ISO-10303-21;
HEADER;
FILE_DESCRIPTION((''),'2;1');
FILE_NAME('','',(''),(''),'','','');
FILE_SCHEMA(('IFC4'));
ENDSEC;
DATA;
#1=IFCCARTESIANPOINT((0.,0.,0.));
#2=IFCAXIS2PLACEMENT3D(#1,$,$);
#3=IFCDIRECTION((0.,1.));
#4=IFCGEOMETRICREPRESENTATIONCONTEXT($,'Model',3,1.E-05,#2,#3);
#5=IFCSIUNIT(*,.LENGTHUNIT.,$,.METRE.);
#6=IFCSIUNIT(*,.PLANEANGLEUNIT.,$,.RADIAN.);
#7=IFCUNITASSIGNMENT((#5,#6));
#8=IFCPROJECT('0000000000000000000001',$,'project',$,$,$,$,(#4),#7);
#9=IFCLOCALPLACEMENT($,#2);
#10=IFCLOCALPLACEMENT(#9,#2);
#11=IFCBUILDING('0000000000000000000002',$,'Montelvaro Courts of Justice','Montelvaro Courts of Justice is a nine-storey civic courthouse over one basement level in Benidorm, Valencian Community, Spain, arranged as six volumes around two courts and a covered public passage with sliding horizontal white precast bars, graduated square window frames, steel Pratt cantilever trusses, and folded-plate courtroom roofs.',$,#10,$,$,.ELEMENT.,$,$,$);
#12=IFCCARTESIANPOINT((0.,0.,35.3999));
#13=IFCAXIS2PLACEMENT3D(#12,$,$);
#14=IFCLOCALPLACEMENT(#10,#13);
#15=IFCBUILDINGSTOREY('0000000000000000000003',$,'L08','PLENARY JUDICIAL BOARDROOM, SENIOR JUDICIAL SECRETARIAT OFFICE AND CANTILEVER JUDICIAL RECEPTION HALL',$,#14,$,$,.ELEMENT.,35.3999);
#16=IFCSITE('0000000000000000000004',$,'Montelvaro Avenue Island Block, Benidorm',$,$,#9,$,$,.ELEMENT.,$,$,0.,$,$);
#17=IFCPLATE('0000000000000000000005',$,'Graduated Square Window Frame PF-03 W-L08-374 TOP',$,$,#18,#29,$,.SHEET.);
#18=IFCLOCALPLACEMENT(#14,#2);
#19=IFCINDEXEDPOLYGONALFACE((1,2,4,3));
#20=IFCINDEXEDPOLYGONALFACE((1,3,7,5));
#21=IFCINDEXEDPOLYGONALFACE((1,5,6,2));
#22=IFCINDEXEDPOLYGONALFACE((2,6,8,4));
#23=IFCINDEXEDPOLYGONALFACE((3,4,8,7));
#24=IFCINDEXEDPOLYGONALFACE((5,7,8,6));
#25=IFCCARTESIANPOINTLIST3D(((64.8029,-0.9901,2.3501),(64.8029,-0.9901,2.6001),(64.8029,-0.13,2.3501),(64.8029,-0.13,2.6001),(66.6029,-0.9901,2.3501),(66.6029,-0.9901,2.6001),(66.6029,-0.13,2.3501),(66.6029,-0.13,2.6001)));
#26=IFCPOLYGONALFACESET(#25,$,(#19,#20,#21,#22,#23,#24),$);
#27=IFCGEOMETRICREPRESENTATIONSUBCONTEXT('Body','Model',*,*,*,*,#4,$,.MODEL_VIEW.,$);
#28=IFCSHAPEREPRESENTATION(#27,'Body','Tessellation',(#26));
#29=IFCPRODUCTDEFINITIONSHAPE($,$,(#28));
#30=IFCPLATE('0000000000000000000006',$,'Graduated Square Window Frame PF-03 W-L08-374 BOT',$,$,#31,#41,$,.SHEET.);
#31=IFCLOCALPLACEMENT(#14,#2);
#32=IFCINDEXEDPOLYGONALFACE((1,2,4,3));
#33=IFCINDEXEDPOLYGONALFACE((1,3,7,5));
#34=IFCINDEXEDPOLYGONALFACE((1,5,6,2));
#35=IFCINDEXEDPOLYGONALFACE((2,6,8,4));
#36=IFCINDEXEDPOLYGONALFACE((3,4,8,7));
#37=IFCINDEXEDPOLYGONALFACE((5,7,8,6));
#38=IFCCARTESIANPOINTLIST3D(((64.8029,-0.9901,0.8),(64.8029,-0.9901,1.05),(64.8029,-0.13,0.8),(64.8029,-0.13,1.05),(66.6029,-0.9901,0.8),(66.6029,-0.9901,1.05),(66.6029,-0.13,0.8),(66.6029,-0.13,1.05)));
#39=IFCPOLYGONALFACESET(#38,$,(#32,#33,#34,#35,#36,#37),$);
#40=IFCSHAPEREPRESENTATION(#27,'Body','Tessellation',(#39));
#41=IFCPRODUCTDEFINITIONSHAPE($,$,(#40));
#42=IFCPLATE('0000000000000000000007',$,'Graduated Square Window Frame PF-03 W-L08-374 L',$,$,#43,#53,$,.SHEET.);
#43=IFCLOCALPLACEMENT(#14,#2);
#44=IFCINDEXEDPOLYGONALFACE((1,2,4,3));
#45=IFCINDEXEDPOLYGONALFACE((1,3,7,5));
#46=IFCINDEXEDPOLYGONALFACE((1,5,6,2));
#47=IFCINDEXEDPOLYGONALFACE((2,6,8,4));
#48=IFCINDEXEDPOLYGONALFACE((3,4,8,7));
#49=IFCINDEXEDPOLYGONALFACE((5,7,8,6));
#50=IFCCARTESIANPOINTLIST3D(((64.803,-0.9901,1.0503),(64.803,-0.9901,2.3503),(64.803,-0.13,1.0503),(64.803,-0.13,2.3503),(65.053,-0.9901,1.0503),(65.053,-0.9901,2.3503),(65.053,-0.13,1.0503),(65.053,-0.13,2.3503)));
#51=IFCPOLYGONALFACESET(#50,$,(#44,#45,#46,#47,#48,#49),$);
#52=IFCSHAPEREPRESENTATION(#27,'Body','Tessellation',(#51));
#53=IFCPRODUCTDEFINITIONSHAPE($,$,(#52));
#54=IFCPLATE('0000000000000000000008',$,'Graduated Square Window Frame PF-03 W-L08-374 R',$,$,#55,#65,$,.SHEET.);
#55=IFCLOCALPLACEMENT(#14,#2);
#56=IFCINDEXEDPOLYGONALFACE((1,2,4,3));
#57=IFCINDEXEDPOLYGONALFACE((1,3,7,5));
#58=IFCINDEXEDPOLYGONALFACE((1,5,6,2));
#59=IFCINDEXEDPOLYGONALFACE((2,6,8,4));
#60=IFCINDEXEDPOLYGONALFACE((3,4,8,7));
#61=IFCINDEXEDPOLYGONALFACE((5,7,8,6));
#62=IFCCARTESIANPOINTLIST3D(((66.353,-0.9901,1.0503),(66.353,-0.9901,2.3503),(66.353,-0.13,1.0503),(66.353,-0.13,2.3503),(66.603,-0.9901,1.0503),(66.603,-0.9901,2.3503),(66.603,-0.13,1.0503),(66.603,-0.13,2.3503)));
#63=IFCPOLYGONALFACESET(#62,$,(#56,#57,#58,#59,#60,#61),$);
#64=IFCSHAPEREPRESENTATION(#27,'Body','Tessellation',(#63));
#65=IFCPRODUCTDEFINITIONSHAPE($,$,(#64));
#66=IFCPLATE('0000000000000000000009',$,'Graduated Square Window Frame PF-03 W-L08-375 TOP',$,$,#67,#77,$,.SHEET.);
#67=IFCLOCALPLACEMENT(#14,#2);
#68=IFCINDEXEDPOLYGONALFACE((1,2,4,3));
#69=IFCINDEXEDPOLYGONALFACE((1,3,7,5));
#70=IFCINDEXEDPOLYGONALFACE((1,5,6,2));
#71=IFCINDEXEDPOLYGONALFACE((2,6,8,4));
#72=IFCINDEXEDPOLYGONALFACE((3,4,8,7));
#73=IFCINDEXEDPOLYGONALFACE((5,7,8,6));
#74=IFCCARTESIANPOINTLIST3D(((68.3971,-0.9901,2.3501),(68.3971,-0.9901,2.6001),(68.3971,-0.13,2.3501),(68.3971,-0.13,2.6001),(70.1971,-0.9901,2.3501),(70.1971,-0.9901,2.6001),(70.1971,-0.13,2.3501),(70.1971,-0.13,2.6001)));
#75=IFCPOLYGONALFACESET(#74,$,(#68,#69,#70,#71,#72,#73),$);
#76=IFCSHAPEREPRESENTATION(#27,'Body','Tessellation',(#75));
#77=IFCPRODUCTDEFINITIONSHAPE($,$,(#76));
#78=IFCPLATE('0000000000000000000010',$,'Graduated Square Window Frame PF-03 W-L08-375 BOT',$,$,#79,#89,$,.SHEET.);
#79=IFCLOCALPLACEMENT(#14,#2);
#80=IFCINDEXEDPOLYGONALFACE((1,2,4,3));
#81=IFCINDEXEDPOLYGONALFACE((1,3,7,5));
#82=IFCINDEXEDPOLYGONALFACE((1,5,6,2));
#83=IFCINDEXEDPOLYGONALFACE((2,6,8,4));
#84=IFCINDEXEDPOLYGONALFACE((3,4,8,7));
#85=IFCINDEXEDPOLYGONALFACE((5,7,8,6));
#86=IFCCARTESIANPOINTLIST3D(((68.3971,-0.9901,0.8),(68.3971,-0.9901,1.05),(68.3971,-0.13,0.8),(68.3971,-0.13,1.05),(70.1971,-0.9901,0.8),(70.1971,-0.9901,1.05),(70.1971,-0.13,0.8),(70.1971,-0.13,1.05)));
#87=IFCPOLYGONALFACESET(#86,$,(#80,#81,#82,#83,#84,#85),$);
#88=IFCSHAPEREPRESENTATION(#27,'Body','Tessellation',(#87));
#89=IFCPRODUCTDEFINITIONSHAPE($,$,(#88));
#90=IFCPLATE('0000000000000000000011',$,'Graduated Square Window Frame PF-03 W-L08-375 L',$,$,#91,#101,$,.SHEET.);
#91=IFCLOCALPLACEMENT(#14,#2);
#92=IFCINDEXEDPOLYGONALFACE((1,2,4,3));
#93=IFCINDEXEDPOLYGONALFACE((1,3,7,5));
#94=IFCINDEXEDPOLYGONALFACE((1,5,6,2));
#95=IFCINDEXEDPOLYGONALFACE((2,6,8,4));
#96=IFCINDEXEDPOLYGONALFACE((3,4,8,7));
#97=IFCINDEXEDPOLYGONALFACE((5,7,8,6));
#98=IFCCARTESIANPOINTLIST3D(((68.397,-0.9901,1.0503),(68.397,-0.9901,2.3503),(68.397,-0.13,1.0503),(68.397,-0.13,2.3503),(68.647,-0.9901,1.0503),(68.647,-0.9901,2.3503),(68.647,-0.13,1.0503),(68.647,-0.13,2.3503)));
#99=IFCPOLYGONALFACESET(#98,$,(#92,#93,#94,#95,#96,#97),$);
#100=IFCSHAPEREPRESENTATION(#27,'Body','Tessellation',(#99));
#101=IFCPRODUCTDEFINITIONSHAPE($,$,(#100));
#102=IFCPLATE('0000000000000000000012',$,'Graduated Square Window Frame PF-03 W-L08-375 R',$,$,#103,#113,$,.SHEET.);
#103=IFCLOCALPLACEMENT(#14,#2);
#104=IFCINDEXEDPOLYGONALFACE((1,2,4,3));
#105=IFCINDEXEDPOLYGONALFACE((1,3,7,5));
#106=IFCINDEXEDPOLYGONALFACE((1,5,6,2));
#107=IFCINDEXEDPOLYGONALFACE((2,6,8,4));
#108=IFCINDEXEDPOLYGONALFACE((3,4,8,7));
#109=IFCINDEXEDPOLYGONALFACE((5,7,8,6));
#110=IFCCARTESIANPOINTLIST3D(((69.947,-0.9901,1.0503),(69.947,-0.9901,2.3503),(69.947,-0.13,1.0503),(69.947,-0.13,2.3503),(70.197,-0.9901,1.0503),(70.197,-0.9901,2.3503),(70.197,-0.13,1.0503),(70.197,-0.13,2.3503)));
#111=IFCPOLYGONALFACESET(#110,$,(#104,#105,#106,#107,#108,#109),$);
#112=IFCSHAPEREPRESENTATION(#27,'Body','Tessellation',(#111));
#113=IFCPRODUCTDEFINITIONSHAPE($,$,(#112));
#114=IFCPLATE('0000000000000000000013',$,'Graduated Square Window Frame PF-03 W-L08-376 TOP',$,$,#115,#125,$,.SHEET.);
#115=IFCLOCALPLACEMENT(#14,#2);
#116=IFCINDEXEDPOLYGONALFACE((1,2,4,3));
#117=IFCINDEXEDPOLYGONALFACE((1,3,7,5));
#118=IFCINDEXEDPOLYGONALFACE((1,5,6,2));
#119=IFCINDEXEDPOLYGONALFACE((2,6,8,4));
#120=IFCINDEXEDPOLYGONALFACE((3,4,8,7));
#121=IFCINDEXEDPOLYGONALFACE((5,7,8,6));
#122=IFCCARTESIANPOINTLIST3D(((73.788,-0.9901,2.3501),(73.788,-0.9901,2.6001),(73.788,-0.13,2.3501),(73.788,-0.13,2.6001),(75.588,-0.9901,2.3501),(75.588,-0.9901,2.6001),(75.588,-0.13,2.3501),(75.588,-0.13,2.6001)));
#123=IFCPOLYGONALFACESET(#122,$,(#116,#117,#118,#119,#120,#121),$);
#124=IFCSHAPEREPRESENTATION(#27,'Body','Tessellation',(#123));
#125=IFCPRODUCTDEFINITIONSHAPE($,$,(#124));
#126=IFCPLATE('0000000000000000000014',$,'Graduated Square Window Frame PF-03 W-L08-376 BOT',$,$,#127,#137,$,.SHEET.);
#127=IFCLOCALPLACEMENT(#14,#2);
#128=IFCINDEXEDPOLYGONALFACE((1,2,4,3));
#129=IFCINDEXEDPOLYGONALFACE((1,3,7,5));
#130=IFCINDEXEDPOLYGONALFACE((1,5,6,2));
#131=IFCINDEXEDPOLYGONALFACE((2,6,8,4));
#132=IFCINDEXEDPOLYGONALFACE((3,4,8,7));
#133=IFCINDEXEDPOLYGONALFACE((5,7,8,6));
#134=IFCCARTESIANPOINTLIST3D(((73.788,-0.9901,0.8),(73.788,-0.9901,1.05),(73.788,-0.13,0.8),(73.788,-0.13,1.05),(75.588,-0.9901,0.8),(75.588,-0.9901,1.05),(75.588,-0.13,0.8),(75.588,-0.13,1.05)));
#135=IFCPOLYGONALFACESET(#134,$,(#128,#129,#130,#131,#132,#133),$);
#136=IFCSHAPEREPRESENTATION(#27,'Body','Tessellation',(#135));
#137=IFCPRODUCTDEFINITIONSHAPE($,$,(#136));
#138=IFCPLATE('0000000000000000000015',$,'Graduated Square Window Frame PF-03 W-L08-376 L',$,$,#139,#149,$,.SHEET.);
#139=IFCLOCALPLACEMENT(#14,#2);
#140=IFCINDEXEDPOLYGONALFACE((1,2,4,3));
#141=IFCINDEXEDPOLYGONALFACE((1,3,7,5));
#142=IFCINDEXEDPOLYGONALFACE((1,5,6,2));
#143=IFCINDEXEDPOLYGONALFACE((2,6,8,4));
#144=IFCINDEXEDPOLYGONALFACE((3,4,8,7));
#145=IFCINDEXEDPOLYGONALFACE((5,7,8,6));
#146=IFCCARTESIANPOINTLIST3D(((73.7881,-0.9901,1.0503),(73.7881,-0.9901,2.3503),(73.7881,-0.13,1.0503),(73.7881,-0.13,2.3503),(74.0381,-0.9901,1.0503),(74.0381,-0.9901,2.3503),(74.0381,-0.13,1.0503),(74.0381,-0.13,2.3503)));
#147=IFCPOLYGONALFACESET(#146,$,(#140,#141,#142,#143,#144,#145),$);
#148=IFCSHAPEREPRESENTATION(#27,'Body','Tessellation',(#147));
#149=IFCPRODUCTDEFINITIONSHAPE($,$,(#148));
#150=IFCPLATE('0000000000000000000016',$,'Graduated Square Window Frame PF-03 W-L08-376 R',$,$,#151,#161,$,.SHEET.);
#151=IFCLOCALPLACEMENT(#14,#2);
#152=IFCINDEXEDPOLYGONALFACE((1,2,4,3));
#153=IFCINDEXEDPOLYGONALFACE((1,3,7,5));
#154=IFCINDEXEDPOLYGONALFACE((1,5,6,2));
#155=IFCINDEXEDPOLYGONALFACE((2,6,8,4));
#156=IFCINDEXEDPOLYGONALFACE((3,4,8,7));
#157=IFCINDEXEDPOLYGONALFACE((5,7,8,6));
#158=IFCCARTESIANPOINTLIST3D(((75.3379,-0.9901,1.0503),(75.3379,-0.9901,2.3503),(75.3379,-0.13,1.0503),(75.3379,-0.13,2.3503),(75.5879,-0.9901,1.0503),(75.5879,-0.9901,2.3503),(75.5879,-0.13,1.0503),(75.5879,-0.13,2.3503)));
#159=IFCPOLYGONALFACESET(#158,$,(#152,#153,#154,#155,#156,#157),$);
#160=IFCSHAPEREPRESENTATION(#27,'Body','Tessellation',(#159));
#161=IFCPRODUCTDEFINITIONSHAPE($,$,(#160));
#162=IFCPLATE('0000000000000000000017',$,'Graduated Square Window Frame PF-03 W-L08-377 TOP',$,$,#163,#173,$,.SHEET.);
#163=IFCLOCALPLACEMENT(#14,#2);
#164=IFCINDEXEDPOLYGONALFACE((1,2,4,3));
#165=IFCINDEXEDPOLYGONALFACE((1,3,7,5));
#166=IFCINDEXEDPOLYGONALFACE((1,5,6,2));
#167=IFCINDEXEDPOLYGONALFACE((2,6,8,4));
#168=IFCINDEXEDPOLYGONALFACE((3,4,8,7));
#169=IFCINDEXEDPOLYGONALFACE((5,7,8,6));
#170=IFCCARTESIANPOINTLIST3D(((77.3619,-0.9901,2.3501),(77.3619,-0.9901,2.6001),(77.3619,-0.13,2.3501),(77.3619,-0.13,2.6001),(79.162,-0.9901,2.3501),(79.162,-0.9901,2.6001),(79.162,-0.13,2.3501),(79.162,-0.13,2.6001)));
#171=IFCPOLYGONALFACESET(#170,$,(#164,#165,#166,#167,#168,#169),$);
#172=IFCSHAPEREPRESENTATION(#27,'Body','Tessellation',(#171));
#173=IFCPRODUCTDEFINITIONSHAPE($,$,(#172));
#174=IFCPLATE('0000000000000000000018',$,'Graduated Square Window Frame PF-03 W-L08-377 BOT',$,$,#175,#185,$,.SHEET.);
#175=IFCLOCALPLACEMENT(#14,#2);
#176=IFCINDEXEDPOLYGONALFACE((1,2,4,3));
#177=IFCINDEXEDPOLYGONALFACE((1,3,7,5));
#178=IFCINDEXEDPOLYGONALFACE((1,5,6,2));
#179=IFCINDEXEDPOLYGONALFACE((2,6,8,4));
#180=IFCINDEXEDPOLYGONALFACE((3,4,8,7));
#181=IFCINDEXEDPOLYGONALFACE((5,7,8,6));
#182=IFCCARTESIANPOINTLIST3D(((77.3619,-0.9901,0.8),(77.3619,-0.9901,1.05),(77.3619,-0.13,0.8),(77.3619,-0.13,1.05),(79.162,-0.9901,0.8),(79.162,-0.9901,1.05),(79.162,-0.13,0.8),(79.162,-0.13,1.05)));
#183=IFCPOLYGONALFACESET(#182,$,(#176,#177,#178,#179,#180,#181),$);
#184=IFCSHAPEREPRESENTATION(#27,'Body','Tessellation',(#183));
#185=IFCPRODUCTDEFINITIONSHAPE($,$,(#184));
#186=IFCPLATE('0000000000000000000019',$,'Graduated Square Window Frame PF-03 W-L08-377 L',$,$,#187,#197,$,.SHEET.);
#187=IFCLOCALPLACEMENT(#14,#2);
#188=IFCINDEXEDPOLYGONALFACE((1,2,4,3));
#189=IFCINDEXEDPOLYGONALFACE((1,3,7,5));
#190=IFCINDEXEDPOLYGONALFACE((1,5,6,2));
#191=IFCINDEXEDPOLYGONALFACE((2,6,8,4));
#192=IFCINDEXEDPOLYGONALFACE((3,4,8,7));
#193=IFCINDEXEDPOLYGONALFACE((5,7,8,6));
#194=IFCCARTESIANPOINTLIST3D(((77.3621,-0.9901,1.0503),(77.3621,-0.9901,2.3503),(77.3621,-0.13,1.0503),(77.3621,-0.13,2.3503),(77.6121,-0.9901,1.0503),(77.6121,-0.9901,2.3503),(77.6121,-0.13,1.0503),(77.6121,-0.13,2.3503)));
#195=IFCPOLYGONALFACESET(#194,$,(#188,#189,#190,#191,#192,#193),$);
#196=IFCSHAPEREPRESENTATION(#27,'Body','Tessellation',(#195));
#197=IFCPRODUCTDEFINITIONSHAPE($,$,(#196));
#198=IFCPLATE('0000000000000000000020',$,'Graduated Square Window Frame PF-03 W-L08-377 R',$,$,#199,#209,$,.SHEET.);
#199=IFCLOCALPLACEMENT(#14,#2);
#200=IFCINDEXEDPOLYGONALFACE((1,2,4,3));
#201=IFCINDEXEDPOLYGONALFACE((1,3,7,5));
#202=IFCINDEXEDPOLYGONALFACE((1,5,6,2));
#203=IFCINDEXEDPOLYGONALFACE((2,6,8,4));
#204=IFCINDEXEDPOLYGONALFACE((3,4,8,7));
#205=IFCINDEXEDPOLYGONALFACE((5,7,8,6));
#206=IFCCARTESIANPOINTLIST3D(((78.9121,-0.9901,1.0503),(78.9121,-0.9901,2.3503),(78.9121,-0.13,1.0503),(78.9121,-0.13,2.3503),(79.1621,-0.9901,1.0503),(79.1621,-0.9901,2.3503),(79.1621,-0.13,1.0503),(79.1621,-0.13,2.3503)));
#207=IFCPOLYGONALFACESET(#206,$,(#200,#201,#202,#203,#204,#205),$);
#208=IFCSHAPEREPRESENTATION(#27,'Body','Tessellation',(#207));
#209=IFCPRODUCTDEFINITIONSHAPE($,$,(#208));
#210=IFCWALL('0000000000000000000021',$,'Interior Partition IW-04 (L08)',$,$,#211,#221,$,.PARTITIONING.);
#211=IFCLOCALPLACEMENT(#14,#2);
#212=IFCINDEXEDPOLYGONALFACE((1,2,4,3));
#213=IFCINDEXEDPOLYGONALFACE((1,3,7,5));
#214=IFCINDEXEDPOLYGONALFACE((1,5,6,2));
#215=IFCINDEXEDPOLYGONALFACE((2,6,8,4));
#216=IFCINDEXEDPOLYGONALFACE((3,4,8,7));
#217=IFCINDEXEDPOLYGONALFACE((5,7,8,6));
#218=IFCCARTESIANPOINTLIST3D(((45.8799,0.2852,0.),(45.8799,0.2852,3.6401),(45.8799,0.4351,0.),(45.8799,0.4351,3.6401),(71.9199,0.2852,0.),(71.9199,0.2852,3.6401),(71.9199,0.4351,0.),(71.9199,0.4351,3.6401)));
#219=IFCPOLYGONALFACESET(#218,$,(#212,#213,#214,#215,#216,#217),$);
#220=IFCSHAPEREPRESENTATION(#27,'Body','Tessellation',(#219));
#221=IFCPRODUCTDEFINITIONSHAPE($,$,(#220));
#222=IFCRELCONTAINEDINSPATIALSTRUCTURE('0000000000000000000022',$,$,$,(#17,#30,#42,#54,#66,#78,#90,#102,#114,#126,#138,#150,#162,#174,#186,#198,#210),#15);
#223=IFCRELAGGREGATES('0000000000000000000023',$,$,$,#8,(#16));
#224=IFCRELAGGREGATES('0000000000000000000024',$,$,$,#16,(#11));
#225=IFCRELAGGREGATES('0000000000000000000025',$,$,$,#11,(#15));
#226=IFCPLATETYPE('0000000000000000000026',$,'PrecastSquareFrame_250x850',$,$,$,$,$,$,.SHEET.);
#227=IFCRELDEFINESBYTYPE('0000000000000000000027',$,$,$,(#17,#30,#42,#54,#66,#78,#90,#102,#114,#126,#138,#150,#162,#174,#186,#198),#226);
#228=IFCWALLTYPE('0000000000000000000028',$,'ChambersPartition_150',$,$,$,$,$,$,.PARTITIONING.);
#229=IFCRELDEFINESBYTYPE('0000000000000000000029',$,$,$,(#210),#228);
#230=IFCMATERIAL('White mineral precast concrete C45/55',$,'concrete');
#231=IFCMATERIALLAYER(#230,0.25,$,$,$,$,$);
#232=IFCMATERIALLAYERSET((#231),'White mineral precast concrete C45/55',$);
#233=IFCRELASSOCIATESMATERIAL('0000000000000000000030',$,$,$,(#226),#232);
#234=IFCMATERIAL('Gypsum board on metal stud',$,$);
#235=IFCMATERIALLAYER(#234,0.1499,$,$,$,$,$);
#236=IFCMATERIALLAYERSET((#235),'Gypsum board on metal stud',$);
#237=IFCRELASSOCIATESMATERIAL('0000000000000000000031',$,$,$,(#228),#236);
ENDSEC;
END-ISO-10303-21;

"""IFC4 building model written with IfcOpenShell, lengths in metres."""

from ifc_helpers import new_model, si_unit, direction, frame, frame_2d, origin, origin_2d, place, context, subcontext, project, spatial, rectangle, extrude, material, layer, layer_set, type_object, element, save


model = new_model("IFC4")

# Units and contexts
model_context = context("Model", 3, precision=1e-05, world=origin(), true_north=direction((0.0, 1.0)))
body_context = subcontext(model_context, "Body", "Model", "MODEL_VIEW")
ifc_project = project(units=[si_unit("LENGTHUNIT", "METRE"), si_unit("PLANEANGLEUNIT", "RADIAN")], contexts=[model_context])

# Site, building, storey
site_placement = place(None, origin())
site = spatial("IfcSite", under=ifc_project, at=site_placement, Name="Montelvaro Avenue Island Block, Benidorm", CompositionType="ELEMENT", RefElevation=0.0)
building_placement = place(site_placement, origin())
building = spatial("IfcBuilding", under=site, at=building_placement, Name="Montelvaro Courts of Justice", Description="Montelvaro Courts of Justice is a nine-storey civic courthouse over one basement level in Benidorm, Valencian Community, Spain, arranged as six volumes around two courts and a covered public passage with sliding horizontal white precast bars, graduated square window frames, steel Pratt cantilever trusses, and folded-plate courtroom roofs.", CompositionType="ELEMENT")
storey_placement = place(building_placement, frame((0.0, 0.0, 35.3999)))
storey = spatial("IfcBuildingStorey", under=building, at=storey_placement, Name="L08", Description="PLENARY JUDICIAL BOARDROOM, SENIOR JUDICIAL SECRETARIAT OFFICE AND CANTILEVER JUDICIAL RECEPTION HALL", CompositionType="ELEMENT", Elevation=35.3999)

# Plates
ifc_material_1 = material(Name="White mineral precast concrete C45/55", Category="concrete")
ifc_layer_1 = layer(ifc_material_1, 0.25)
ifc_layer_set_1 = layer_set([ifc_layer_1], Name="White mineral precast concrete C45/55")
plate_type = type_object("IfcPlateType", Name="PrecastSquareFrame_250x850", PredefinedType="SHEET", material=ifc_layer_set_1)
for number, where, z_axis, x_axis, name in (
    (1, (65.7029, -0.5601, 2.3501), (0.0, 0.0, 1.0), (1.0, 0.0, 0.0), "Graduated Square Window Frame PF-03 W-L08-374 TOP"),
    (2, (65.7029, -0.5601, 0.8), (0.0, 0.0, 1.0), (1.0, 0.0, 0.0), "Graduated Square Window Frame PF-03 W-L08-374 BOT"),
):
    element("IfcPlate", number, at=place(storey_placement, frame(where, z_axis=z_axis, x_axis=x_axis)), inside=storey, type_object=plate_type, Name=name, PredefinedType="SHEET", context=body_context, shape_type="SweptSolid", body=[
        extrude(rectangle(XDim=1.8, YDim=0.8601, at=origin_2d()), origin(), (0.0, 0.0, 1.0), 0.25),
    ])
for number, where, z_axis, x_axis, name in (
    (3, (64.928, -0.5601, 1.0503), (0.0, 0.0, 1.0), (1.0, 0.0, 0.0), "Graduated Square Window Frame PF-03 W-L08-374 L"),
    (4, (66.478, -0.5601, 1.0503), (0.0, 0.0, 1.0), (1.0, 0.0, 0.0), "Graduated Square Window Frame PF-03 W-L08-374 R"),
):
    element("IfcPlate", number, at=place(storey_placement, frame(where, z_axis=z_axis, x_axis=x_axis)), inside=storey, type_object=plate_type, Name=name, PredefinedType="SHEET", context=body_context, shape_type="SweptSolid", body=[
        extrude(rectangle(XDim=0.25, YDim=0.8601, at=origin_2d()), origin(), (0.0, 0.0, 1.0), 1.3),
    ])
for number, where, z_axis, x_axis, name in (
    (5, (69.2971, -0.5601, 2.3501), (0.0, 0.0, 1.0), (1.0, 0.0, 0.0), "Graduated Square Window Frame PF-03 W-L08-375 TOP"),
    (6, (69.2971, -0.5601, 0.8), (0.0, 0.0, 1.0), (1.0, 0.0, 0.0), "Graduated Square Window Frame PF-03 W-L08-375 BOT"),
):
    element("IfcPlate", number, at=place(storey_placement, frame(where, z_axis=z_axis, x_axis=x_axis)), inside=storey, type_object=plate_type, Name=name, PredefinedType="SHEET", context=body_context, shape_type="SweptSolid", body=[
        extrude(rectangle(XDim=1.8, YDim=0.8601, at=origin_2d()), origin(), (0.0, 0.0, 1.0), 0.25),
    ])
for number, where, z_axis, x_axis, name in (
    (7, (68.522, -0.5601, 1.0503), (0.0, 0.0, 1.0), (1.0, 0.0, 0.0), "Graduated Square Window Frame PF-03 W-L08-375 L"),
    (8, (70.072, -0.5601, 1.0503), (0.0, 0.0, 1.0), (1.0, 0.0, 0.0), "Graduated Square Window Frame PF-03 W-L08-375 R"),
):
    element("IfcPlate", number, at=place(storey_placement, frame(where, z_axis=z_axis, x_axis=x_axis)), inside=storey, type_object=plate_type, Name=name, PredefinedType="SHEET", context=body_context, shape_type="SweptSolid", body=[
        extrude(rectangle(XDim=0.25, YDim=0.8601, at=origin_2d()), origin(), (0.0, 0.0, 1.0), 1.3),
    ])
for number, where, z_axis, x_axis, name in (
    (9, (74.688, -0.5601, 2.3501), (0.0, 0.0, 1.0), (1.0, 0.0, 0.0), "Graduated Square Window Frame PF-03 W-L08-376 TOP"),
    (10, (74.688, -0.5601, 0.8), (0.0, 0.0, 1.0), (1.0, 0.0, 0.0), "Graduated Square Window Frame PF-03 W-L08-376 BOT"),
):
    element("IfcPlate", number, at=place(storey_placement, frame(where, z_axis=z_axis, x_axis=x_axis)), inside=storey, type_object=plate_type, Name=name, PredefinedType="SHEET", context=body_context, shape_type="SweptSolid", body=[
        extrude(rectangle(XDim=1.8, YDim=0.8601, at=origin_2d()), origin(), (0.0, 0.0, 1.0), 0.25),
    ])
for number, where, z_axis, x_axis, name in (
    (11, (73.9131, -0.5601, 1.0503), (0.0, 0.0, 1.0), (1.0, 0.0, 0.0), "Graduated Square Window Frame PF-03 W-L08-376 L"),
    (12, (75.4629, -0.5601, 1.0503), (0.0, 0.0, 1.0), (1.0, 0.0, 0.0), "Graduated Square Window Frame PF-03 W-L08-376 R"),
):
    element("IfcPlate", number, at=place(storey_placement, frame(where, z_axis=z_axis, x_axis=x_axis)), inside=storey, type_object=plate_type, Name=name, PredefinedType="SHEET", context=body_context, shape_type="SweptSolid", body=[
        extrude(rectangle(XDim=0.25, YDim=0.8601, at=origin_2d()), origin(), (0.0, 0.0, 1.0), 1.3),
    ])
for number, where, z_axis, x_axis, name in (
    (13, (78.262, -0.5601, 2.3501), (0.0, 0.0, 1.0), (1.0, 0.0, 0.0), "Graduated Square Window Frame PF-03 W-L08-377 TOP"),
    (14, (78.262, -0.5601, 0.8), (0.0, 0.0, 1.0), (1.0, 0.0, 0.0), "Graduated Square Window Frame PF-03 W-L08-377 BOT"),
):
    element("IfcPlate", number, at=place(storey_placement, frame(where, z_axis=z_axis, x_axis=x_axis)), inside=storey, type_object=plate_type, Name=name, PredefinedType="SHEET", context=body_context, shape_type="SweptSolid", body=[
        extrude(rectangle(XDim=1.8, YDim=0.8601, at=origin_2d()), origin(), (0.0, 0.0, 1.0), 0.25),
    ])
for number, where, z_axis, x_axis, name in (
    (15, (77.4871, -0.5601, 1.0503), (0.0, 0.0, 1.0), (1.0, 0.0, 0.0), "Graduated Square Window Frame PF-03 W-L08-377 L"),
    (16, (79.0371, -0.5601, 1.0503), (0.0, 0.0, 1.0), (1.0, 0.0, 0.0), "Graduated Square Window Frame PF-03 W-L08-377 R"),
):
    element("IfcPlate", number, at=place(storey_placement, frame(where, z_axis=z_axis, x_axis=x_axis)), inside=storey, type_object=plate_type, Name=name, PredefinedType="SHEET", context=body_context, shape_type="SweptSolid", body=[
        extrude(rectangle(XDim=0.25, YDim=0.8601, at=origin_2d()), origin(), (0.0, 0.0, 1.0), 1.3),
    ])

# Wall
ifc_material_2 = material(Name="Gypsum board on metal stud")
ifc_layer_2 = layer(ifc_material_2, 0.1499)
ifc_layer_set_2 = layer_set([ifc_layer_2], Name="Gypsum board on metal stud")
wall_type_1 = type_object("IfcWallType", Name="ChambersPartition_150", PredefinedType="PARTITIONING", material=ifc_layer_set_2)
wall_1_placement = place(storey_placement, frame((71.9199, 0.3601, 0.0), z_axis=(0.0, 0.0, 1.0), x_axis=(-1.0, 0.0, 0.0)))
element("IfcWall", 17, at=wall_1_placement, inside=storey, type_object=wall_type_1, Name="Interior Partition IW-04 (L08)", PredefinedType="PARTITIONING", context=body_context, shape_type="SweptSolid", body=[
    extrude(rectangle(XDim=26.04, YDim=0.1499, at=frame_2d((13.02, 0.0))), origin(), (0.0, 0.0, 1.0), 3.6401),
])

save(model, "model.ifc")
